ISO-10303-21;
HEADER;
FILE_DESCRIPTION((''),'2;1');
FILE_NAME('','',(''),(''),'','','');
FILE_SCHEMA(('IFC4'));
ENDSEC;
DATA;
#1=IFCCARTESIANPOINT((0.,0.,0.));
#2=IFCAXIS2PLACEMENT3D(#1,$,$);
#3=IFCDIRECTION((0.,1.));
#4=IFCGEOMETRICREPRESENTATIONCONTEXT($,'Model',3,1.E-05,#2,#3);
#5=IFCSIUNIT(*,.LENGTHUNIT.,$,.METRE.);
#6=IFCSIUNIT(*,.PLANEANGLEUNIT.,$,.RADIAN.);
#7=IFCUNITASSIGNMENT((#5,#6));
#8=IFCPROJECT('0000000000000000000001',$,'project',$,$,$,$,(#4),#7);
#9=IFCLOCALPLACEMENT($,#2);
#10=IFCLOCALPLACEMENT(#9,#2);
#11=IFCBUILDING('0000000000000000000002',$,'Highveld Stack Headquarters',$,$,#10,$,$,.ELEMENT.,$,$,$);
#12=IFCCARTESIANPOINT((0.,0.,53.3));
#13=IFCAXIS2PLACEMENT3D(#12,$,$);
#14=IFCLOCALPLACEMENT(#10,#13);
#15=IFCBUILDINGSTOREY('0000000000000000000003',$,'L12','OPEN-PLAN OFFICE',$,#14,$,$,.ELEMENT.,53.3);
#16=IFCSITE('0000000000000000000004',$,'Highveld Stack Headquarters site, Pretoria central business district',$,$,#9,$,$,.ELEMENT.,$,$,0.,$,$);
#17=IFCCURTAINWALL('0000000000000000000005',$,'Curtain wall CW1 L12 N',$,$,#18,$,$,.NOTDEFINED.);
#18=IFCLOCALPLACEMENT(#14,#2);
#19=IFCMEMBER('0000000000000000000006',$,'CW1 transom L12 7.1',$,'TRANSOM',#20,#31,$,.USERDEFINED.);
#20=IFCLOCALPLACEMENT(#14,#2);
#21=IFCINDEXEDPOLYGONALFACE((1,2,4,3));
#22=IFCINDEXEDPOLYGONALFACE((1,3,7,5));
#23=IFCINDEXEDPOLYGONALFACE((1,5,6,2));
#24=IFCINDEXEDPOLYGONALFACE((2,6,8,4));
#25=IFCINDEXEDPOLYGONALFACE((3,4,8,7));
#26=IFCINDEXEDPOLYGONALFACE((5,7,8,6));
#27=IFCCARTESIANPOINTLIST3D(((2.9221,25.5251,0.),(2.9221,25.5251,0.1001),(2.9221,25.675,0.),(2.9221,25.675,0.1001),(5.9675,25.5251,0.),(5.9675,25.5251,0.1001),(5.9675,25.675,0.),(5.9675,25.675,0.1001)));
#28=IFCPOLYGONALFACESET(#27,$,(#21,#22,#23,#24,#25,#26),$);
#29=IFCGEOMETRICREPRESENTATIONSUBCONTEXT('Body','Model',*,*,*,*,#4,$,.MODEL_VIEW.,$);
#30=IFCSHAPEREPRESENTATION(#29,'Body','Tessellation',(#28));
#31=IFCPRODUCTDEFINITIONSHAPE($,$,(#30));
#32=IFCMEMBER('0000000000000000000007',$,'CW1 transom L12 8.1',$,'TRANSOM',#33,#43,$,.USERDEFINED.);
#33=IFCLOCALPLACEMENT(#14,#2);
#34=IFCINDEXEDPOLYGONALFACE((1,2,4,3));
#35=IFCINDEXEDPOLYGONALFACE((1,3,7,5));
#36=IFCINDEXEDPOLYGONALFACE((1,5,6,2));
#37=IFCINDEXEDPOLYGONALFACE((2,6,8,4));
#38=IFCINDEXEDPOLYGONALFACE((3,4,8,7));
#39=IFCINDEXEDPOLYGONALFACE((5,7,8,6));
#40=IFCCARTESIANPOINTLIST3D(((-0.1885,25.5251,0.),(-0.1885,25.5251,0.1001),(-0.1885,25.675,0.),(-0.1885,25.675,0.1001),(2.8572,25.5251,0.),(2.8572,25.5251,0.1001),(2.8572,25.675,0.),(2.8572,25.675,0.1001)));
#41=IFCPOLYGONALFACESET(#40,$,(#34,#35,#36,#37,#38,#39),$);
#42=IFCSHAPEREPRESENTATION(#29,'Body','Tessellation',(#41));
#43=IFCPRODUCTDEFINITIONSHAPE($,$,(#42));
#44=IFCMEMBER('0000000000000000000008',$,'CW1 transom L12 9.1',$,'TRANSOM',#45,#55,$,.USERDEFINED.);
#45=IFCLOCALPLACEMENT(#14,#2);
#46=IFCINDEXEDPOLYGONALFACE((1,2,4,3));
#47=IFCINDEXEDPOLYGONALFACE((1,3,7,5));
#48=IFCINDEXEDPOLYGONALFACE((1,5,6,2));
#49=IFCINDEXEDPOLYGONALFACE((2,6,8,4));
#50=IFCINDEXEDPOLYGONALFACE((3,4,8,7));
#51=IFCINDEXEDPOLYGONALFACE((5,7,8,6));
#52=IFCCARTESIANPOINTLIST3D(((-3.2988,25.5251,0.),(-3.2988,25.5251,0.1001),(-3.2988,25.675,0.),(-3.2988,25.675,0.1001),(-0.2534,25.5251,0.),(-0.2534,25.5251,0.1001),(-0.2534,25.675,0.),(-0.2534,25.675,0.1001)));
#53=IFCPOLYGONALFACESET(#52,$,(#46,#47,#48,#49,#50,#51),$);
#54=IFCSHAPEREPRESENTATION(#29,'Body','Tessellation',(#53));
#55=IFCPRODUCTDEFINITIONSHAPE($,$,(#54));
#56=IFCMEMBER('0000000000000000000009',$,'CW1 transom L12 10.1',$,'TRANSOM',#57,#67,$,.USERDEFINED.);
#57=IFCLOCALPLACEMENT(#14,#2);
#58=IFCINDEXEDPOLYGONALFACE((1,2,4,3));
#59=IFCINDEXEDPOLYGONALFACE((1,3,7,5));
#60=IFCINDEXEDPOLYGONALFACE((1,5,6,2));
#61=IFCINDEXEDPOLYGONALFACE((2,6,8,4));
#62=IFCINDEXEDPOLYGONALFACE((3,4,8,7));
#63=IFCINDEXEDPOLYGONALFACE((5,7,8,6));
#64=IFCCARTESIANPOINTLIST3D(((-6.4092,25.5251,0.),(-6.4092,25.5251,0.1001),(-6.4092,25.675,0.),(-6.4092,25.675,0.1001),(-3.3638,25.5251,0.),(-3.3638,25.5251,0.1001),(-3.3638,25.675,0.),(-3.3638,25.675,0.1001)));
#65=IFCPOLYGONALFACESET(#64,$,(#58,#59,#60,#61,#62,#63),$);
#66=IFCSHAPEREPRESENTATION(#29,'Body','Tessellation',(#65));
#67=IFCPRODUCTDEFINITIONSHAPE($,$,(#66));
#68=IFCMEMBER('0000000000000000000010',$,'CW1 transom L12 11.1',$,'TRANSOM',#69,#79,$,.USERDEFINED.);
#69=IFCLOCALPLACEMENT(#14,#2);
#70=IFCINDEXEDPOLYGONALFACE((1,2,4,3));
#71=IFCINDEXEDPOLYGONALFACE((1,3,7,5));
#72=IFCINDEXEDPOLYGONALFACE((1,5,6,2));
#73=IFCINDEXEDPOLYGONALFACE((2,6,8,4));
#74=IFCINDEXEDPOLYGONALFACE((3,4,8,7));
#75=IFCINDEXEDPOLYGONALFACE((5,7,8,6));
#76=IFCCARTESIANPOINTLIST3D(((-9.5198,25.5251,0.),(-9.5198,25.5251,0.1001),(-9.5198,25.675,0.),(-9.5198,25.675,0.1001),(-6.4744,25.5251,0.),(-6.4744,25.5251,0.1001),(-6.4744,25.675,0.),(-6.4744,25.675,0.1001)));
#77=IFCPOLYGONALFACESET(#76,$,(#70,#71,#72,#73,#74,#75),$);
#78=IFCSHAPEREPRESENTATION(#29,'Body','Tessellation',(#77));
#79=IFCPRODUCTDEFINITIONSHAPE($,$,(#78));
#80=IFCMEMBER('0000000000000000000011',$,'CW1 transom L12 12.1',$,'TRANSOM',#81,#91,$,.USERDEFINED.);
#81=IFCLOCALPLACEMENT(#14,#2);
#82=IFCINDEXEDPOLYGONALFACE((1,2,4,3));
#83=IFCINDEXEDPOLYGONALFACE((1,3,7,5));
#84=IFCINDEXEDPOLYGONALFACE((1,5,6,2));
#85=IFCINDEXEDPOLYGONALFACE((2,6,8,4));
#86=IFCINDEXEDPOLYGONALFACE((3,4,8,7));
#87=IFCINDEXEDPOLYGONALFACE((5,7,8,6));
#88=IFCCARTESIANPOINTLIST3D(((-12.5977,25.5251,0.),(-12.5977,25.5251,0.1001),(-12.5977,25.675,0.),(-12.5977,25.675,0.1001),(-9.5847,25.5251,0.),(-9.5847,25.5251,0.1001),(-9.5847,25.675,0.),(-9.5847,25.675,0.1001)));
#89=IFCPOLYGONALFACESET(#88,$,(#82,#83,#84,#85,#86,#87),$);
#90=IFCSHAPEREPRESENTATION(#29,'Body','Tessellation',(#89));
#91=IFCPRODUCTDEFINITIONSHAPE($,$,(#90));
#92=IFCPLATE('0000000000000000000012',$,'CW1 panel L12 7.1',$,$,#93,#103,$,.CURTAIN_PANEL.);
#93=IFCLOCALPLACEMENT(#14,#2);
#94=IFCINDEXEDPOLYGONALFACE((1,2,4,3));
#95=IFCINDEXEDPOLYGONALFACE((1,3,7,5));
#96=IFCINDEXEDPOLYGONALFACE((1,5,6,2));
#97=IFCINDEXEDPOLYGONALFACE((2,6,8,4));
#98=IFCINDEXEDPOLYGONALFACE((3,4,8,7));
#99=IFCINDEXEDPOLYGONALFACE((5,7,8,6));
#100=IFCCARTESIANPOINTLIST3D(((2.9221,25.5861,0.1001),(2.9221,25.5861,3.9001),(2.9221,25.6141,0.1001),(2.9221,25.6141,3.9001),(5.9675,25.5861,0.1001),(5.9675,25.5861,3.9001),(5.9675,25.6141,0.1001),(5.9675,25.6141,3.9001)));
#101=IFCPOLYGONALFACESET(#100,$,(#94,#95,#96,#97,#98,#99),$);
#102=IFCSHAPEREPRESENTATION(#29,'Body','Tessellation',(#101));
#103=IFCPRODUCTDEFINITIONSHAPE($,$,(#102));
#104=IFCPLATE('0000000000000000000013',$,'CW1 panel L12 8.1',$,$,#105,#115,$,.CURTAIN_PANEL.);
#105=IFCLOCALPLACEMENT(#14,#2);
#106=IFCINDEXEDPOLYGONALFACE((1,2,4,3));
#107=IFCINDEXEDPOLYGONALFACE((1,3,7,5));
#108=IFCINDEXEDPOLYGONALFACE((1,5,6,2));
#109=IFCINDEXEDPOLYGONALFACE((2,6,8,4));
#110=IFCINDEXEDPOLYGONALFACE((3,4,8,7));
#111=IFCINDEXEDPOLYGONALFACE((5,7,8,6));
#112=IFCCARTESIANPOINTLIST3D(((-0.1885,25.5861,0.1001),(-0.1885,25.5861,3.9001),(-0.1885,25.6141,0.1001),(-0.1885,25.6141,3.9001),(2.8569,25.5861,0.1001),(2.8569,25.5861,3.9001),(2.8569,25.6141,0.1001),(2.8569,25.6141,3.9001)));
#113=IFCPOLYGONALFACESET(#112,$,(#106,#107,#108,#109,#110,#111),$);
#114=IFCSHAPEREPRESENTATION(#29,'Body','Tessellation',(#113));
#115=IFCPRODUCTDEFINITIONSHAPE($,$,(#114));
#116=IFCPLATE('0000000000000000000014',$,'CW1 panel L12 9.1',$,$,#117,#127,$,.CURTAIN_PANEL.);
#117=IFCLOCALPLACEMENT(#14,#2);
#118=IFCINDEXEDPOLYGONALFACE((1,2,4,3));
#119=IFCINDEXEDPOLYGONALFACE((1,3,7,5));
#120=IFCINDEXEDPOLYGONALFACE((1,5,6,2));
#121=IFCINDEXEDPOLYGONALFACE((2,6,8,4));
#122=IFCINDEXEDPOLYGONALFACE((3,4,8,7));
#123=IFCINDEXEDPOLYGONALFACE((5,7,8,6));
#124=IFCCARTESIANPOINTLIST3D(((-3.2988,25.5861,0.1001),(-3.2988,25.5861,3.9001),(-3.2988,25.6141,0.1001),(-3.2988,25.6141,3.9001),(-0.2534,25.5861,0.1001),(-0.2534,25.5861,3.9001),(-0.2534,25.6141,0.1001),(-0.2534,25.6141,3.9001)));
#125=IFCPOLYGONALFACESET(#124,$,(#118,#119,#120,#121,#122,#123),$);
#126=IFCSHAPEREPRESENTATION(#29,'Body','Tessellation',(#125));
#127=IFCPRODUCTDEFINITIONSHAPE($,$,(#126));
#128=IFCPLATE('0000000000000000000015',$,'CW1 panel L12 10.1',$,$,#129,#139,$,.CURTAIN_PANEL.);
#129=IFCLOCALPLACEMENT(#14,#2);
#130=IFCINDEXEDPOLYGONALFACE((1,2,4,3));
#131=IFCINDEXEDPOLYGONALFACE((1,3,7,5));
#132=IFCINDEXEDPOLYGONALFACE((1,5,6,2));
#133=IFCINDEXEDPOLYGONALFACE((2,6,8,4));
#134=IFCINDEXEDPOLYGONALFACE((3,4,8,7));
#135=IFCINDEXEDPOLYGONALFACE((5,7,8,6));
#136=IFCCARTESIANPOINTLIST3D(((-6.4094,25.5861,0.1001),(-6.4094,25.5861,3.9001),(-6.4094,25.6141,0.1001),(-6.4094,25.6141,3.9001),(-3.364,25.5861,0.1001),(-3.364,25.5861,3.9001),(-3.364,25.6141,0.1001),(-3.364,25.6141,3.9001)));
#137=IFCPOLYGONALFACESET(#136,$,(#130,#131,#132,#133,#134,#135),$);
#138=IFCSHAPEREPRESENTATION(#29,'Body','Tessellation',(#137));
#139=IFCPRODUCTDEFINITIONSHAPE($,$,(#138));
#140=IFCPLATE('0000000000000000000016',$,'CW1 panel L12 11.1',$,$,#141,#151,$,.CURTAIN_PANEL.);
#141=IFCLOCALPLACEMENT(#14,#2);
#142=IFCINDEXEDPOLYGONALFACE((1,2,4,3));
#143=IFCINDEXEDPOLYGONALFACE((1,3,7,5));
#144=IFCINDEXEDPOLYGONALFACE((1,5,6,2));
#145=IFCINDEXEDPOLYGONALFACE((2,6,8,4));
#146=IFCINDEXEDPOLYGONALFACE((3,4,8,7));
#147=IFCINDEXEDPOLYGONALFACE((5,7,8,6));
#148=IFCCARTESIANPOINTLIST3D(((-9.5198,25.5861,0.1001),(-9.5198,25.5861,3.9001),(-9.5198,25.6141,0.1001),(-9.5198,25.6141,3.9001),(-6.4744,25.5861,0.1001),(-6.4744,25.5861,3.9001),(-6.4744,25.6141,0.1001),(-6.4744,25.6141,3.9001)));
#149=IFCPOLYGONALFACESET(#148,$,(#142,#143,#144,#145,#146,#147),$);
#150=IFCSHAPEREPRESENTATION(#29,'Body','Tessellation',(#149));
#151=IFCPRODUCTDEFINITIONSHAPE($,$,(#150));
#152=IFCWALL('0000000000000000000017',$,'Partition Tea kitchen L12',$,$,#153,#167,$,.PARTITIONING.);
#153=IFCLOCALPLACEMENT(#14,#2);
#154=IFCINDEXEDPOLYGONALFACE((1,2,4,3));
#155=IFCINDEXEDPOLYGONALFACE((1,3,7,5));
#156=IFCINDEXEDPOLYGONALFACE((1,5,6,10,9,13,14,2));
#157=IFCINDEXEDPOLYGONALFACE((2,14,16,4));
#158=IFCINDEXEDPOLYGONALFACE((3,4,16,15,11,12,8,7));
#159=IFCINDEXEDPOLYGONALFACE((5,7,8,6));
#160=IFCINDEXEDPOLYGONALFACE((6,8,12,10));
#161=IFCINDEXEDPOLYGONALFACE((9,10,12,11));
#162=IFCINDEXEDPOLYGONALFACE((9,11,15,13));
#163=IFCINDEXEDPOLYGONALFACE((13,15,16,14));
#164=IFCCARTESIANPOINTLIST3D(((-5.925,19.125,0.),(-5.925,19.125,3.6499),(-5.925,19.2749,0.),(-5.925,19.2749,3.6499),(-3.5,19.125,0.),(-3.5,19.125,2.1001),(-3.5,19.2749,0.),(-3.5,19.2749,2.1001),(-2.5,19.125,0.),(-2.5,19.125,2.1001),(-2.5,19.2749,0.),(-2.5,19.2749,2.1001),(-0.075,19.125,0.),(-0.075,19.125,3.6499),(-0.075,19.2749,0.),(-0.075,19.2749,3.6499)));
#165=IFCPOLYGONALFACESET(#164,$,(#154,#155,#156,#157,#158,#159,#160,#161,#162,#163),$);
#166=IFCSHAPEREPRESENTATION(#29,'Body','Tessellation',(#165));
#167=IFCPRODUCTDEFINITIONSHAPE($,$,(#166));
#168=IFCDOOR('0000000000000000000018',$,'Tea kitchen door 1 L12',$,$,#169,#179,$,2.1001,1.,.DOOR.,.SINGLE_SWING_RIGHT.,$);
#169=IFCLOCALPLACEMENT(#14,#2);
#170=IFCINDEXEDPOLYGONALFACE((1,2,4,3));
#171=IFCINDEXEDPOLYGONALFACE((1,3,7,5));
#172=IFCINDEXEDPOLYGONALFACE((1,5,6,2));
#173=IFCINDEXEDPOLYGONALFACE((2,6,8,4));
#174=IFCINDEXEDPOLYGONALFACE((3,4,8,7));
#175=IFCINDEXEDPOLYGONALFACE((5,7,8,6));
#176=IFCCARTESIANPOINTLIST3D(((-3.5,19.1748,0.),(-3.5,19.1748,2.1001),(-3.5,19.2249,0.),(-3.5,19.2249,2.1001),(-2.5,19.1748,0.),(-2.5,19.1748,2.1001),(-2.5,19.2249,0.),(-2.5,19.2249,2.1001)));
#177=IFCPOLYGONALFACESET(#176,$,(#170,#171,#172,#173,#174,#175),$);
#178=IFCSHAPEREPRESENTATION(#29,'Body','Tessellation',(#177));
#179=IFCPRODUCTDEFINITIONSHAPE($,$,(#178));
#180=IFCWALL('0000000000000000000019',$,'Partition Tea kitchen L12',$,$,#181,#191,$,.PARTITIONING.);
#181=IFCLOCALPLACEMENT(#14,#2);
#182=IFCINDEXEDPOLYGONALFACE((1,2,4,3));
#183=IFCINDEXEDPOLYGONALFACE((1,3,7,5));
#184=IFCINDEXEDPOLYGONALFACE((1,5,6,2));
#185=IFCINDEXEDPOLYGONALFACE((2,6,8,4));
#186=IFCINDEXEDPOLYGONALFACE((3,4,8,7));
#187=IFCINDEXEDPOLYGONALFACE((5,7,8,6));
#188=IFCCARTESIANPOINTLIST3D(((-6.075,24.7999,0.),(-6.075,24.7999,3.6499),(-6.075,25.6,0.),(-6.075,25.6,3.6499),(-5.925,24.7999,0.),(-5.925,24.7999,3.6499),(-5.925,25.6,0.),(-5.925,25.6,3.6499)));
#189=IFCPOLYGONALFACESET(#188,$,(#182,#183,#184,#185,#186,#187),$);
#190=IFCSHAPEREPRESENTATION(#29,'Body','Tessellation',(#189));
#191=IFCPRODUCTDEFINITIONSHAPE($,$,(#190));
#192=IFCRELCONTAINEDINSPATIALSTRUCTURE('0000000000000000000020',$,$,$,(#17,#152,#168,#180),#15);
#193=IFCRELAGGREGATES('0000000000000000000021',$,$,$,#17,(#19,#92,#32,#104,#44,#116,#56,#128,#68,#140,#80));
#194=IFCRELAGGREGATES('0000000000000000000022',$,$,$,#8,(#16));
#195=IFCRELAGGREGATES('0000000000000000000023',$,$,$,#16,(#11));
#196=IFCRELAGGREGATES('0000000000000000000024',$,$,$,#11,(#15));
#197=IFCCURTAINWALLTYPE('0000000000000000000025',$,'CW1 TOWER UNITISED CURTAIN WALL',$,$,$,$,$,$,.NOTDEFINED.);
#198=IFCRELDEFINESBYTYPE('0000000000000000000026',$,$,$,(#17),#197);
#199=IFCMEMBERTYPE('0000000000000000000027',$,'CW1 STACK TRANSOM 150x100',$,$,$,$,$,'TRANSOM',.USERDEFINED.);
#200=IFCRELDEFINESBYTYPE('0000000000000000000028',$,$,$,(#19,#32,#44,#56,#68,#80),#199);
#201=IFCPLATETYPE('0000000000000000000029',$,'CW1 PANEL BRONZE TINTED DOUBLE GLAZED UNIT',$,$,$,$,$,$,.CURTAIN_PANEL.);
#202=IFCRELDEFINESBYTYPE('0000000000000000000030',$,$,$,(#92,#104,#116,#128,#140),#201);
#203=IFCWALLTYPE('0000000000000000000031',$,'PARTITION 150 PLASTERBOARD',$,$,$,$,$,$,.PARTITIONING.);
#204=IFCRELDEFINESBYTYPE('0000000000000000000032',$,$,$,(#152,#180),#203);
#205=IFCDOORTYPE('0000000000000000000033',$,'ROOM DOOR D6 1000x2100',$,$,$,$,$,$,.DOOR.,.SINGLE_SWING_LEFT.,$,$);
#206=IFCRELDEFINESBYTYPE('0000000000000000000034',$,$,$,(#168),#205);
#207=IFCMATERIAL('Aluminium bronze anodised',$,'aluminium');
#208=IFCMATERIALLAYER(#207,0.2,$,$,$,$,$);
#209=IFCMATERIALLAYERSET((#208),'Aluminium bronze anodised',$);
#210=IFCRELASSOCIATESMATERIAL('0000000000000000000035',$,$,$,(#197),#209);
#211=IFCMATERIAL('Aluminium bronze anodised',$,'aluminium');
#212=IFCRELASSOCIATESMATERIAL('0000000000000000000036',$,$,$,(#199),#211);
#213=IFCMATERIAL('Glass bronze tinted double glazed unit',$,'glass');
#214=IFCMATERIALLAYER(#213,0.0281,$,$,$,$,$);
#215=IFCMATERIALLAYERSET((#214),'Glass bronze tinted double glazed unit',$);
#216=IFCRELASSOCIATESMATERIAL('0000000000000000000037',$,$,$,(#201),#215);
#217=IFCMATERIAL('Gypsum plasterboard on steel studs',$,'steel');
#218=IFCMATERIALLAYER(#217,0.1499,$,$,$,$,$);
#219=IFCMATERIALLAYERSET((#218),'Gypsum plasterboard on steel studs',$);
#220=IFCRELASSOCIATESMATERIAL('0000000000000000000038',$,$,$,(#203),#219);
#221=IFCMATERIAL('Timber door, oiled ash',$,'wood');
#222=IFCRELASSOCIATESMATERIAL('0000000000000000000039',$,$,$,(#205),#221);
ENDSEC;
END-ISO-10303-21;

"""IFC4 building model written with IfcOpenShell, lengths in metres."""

from ifc_helpers import new_model, si_unit, direction, frame, frame_2d, origin, origin_2d, place, context, subcontext, project, spatial, rectangle, extrude, material, layer, layer_set, material_profile, profile_set, type_object, element, fill, aggregate, save


model = new_model("IFC4")

# Units and contexts
model_context = context("Model", 3, precision=1e-05, world=origin(), true_north=direction((0.0, 1.0)))
body_context = subcontext(model_context, "Body", "Model", "MODEL_VIEW")
ifc_project = project(units=[si_unit("LENGTHUNIT", "METRE"), si_unit("PLANEANGLEUNIT", "RADIAN")], contexts=[model_context])

# Site, building, storey
site_placement = place(None, origin())
site = spatial("IfcSite", under=ifc_project, at=site_placement, Name="Highveld Stack Headquarters site, Pretoria central business district", CompositionType="ELEMENT", RefElevation=0.0)
building_placement = place(site_placement, origin())
building = spatial("IfcBuilding", under=site, at=building_placement, Name="Highveld Stack Headquarters", CompositionType="ELEMENT")
storey_placement = place(building_placement, frame((0.0, 0.0, 53.3)))
storey = spatial("IfcBuildingStorey", under=building, at=storey_placement, Name="L12", Description="OPEN-PLAN OFFICE", CompositionType="ELEMENT", Elevation=53.3)

# Curtain wall, members, plates
ifc_material_1 = material(Name="Aluminium bronze anodised", Category="aluminium")
ifc_layer_1 = layer(ifc_material_1, 0.2)
ifc_layer_set_1 = layer_set([ifc_layer_1], Name="Aluminium bronze anodised")
curtain_wall_type = type_object("IfcCurtainWallType", Name="CW1 TOWER UNITISED CURTAIN WALL", PredefinedType="NOTDEFINED", material=ifc_layer_set_1)
curtain_wall_placement = place(storey_placement, origin())
curtain_wall = element("IfcCurtainWall", 1, at=curtain_wall_placement, inside=storey, type_object=curtain_wall_type, Name="Curtain wall CW1 L12 N", PredefinedType="NOTDEFINED")
ifc_material_2 = material(Name="Aluminium bronze anodised", Category="aluminium")
ifc_material_profile_1 = material_profile(ifc_material_2, rectangle(XDim=0.1499, YDim=0.1001, at=origin_2d()), Name="CW1 TRANSOM 150x100")
ifc_profile_set_1 = profile_set([ifc_material_profile_1], Name="Aluminium bronze anodised")
member_type_1 = type_object("IfcMemberType", Name="CW1 STACK TRANSOM 150x100", ElementType="TRANSOM", PredefinedType="USERDEFINED", material=ifc_profile_set_1)
member_1_placement = place(storey_placement, frame((5.9675, 25.6001, 0.05), z_axis=(-1.0, 0.0, 0.0), x_axis=(0.0, -1.0, 0.0)))
member_1 = element("IfcMember", 2, at=member_1_placement, type_object=member_type_1, Name="CW1 transom L12 7.1", ObjectType="TRANSOM", PredefinedType="USERDEFINED", context=body_context, shape_type="SweptSolid", body=[
    extrude(rectangle(XDim=0.1499, YDim=0.1001, at=origin_2d()), origin(), (0.0, 0.0, 1.0), 3.0454),
])
member_2_placement = place(storey_placement, frame((2.8572, 25.6001, 0.05), z_axis=(-1.0, 0.0, 0.0), x_axis=(0.0, -1.0, 0.0)))
member_2 = element("IfcMember", 3, at=member_2_placement, type_object=member_type_1, Name="CW1 transom L12 8.1", ObjectType="TRANSOM", PredefinedType="USERDEFINED", context=body_context, shape_type="SweptSolid", body=[
    extrude(rectangle(XDim=0.1499, YDim=0.1001, at=origin_2d()), origin(), (0.0, 0.0, 1.0), 3.0457),
])
member_3_placement = place(storey_placement, frame((-0.2534, 25.6001, 0.05), z_axis=(-1.0, 0.0, 0.0), x_axis=(0.0, -1.0, 0.0)))
member_3 = element("IfcMember", 4, at=member_3_placement, type_object=member_type_1, Name="CW1 transom L12 9.1", ObjectType="TRANSOM", PredefinedType="USERDEFINED", context=body_context, shape_type="SweptSolid", body=[
    extrude(rectangle(XDim=0.1499, YDim=0.1001, at=origin_2d()), origin(), (0.0, 0.0, 1.0), 3.0454),
])
member_4_placement = place(storey_placement, frame((-3.3638, 25.6001, 0.05), z_axis=(-1.0, 0.0, 0.0), x_axis=(0.0, -1.0, 0.0)))
member_4 = element("IfcMember", 5, at=member_4_placement, type_object=member_type_1, Name="CW1 transom L12 10.1", ObjectType="TRANSOM", PredefinedType="USERDEFINED", context=body_context, shape_type="SweptSolid", body=[
    extrude(rectangle(XDim=0.1499, YDim=0.1001, at=origin_2d()), origin(), (0.0, 0.0, 1.0), 3.0454),
])
member_5_placement = place(storey_placement, frame((-6.4744, 25.6001, 0.05), z_axis=(-1.0, 0.0, 0.0), x_axis=(0.0, -1.0, 0.0)))
member_5 = element("IfcMember", 6, at=member_5_placement, type_object=member_type_1, Name="CW1 transom L12 11.1", ObjectType="TRANSOM", PredefinedType="USERDEFINED", context=body_context, shape_type="SweptSolid", body=[
    extrude(rectangle(XDim=0.1499, YDim=0.1001, at=origin_2d()), origin(), (0.0, 0.0, 1.0), 3.0454),
])
member_6_placement = place(storey_placement, frame((-9.5847, 25.6001, 0.05), z_axis=(-1.0, 0.0, 0.0), x_axis=(0.0, -1.0, 0.0)))
member_6 = element("IfcMember", 7, at=member_6_placement, type_object=member_type_1, Name="CW1 transom L12 12.1", ObjectType="TRANSOM", PredefinedType="USERDEFINED", context=body_context, shape_type="SweptSolid", body=[
    extrude(rectangle(XDim=0.1499, YDim=0.1001, at=origin_2d()), origin(), (0.0, 0.0, 1.0), 3.0129),
])
ifc_material_3 = material(Name="Glass bronze tinted double glazed unit", Category="glass")
ifc_layer_2 = layer(ifc_material_3, 0.0281)
ifc_layer_set_2 = layer_set([ifc_layer_2], Name="Glass bronze tinted double glazed unit")
plate_type = type_object("IfcPlateType", Name="CW1 PANEL BRONZE TINTED DOUBLE GLAZED UNIT", PredefinedType="CURTAIN_PANEL", material=ifc_layer_set_2)
plate_1_placement = place(storey_placement, frame((4.4448, 25.6001, 0.1001), z_axis=(0.0, 0.0, 1.0), x_axis=(-1.0, 0.0, 0.0)))
plate_1 = element("IfcPlate", 8, at=plate_1_placement, type_object=plate_type, Name="CW1 panel L12 7.1", PredefinedType="CURTAIN_PANEL", context=body_context, shape_type="SweptSolid", body=[
    extrude(rectangle(XDim=3.0454, YDim=0.0281, at=origin_2d()), origin(), (0.0, 0.0, 1.0), 3.8),
])
plate_2_placement = place(storey_placement, frame((1.3342, 25.6001, 0.1001), z_axis=(0.0, 0.0, 1.0), x_axis=(-1.0, 0.0, 0.0)))
plate_2 = element("IfcPlate", 9, at=plate_2_placement, type_object=plate_type, Name="CW1 panel L12 8.1", PredefinedType="CURTAIN_PANEL", context=body_context, shape_type="SweptSolid", body=[
    extrude(rectangle(XDim=3.0454, YDim=0.0281, at=origin_2d()), origin(), (0.0, 0.0, 1.0), 3.8),
])
plate_3_placement = place(storey_placement, frame((-1.7761, 25.6001, 0.1001), z_axis=(0.0, 0.0, 1.0), x_axis=(-1.0, 0.0, 0.0)))
plate_3 = element("IfcPlate", 10, at=plate_3_placement, type_object=plate_type, Name="CW1 panel L12 9.1", PredefinedType="CURTAIN_PANEL", context=body_context, shape_type="SweptSolid", body=[
    extrude(rectangle(XDim=3.0454, YDim=0.0281, at=origin_2d()), origin(), (0.0, 0.0, 1.0), 3.8),
])
plate_4_placement = place(storey_placement, frame((-4.8867, 25.6001, 0.1001), z_axis=(0.0, 0.0, 1.0), x_axis=(-1.0, 0.0, 0.0)))
plate_4 = element("IfcPlate", 11, at=plate_4_placement, type_object=plate_type, Name="CW1 panel L12 10.1", PredefinedType="CURTAIN_PANEL", context=body_context, shape_type="SweptSolid", body=[
    extrude(rectangle(XDim=3.0454, YDim=0.0281, at=origin_2d()), origin(), (0.0, 0.0, 1.0), 3.8),
])
plate_5_placement = place(storey_placement, frame((-7.9971, 25.6001, 0.1001), z_axis=(0.0, 0.0, 1.0), x_axis=(-1.0, 0.0, 0.0)))
plate_5 = element("IfcPlate", 12, at=plate_5_placement, type_object=plate_type, Name="CW1 panel L12 11.1", PredefinedType="CURTAIN_PANEL", context=body_context, shape_type="SweptSolid", body=[
    extrude(rectangle(XDim=3.0454, YDim=0.0281, at=origin_2d()), origin(), (0.0, 0.0, 1.0), 3.8),
])
aggregate(curtain_wall, [member_1, plate_1, member_2, plate_2, member_3, plate_3, member_4, plate_4, member_5, plate_5, member_6])

# Wall, opening, door
ifc_material_4 = material(Name="Gypsum plasterboard on steel studs", Category="steel")
ifc_layer_3 = layer(ifc_material_4, 0.1499)
ifc_layer_set_3 = layer_set([ifc_layer_3], Name="Gypsum plasterboard on steel studs")
wall_type = type_object("IfcWallType", Name="PARTITION 150 PLASTERBOARD", PredefinedType="PARTITIONING", material=ifc_layer_set_3)
wall_1_placement = place(storey_placement, frame((-5.925, 19.2, 0.0), z_axis=(0.0, 0.0, 1.0), x_axis=(1.0, 0.0, 0.0)))
wall_1 = element("IfcWall", 13, at=wall_1_placement, inside=storey, type_object=wall_type, Name="Partition Tea kitchen L12", PredefinedType="PARTITIONING", context=body_context, shape_type="SweptSolid", body=[
    extrude(rectangle(XDim=5.8501, YDim=0.1499, at=frame_2d((2.925, 0.0))), origin(), (0.0, 0.0, 1.0), 3.6499),
])
opening_placement = place(wall_1_placement, frame((2.425, 0.0, 0.0)))
opening = element("IfcOpeningElement", 14, at=opening_placement, cuts=wall_1, PredefinedType="OPENING", context=body_context, shape_type="SweptSolid", body=[
    extrude(rectangle(XDim=1.0, YDim=2.1001, at=frame_2d((0.5, 1.05))), frame((0.0, 0.085, 0.0), z_axis=(0.0, -1.0, 0.0), x_axis=(1.0, 0.0, 0.0)), (0.0, 0.0, 1.0), 0.1699),
])
ifc_material_5 = material(Name="Timber door, oiled ash", Category="wood")
door_type = type_object("IfcDoorType", Name="ROOM DOOR D6 1000x2100", OperationType="SINGLE_SWING_LEFT", PredefinedType="DOOR", material=ifc_material_5)
door_placement = place(opening_placement, origin())
door = element("IfcDoor", 15, at=door_placement, inside=storey, type_object=door_type, Name="Tea kitchen door 1 L12", OperationType="SINGLE_SWING_RIGHT", OverallHeight=2.1001, OverallWidth=1.0, PredefinedType="DOOR", context=body_context, shape_type="SweptSolid", body=[
    extrude(rectangle(XDim=1.0, YDim=2.1001, at=frame_2d((0.5, 1.05))), frame((0.0, 0.0249, 0.0), z_axis=(0.0, -1.0, 0.0), x_axis=(1.0, 0.0, 0.0)), (0.0, 0.0, 1.0), 0.05),
])
fill(opening, door)

# Wall
wall_2_placement = place(storey_placement, frame((-6.0, 24.8, 0.0), z_axis=(0.0, 0.0, 1.0), x_axis=(0.0, 1.0, 0.0)))
element("IfcWall", 16, at=wall_2_placement, inside=storey, type_object=wall_type, Name="Partition Tea kitchen L12", PredefinedType="PARTITIONING", context=body_context, shape_type="SweptSolid", body=[
    extrude(rectangle(XDim=0.8, YDim=0.1499, at=frame_2d((0.3999, 0.0))), origin(), (0.0, 0.0, 1.0), 3.6499),
])

save(model, "model.ifc")
